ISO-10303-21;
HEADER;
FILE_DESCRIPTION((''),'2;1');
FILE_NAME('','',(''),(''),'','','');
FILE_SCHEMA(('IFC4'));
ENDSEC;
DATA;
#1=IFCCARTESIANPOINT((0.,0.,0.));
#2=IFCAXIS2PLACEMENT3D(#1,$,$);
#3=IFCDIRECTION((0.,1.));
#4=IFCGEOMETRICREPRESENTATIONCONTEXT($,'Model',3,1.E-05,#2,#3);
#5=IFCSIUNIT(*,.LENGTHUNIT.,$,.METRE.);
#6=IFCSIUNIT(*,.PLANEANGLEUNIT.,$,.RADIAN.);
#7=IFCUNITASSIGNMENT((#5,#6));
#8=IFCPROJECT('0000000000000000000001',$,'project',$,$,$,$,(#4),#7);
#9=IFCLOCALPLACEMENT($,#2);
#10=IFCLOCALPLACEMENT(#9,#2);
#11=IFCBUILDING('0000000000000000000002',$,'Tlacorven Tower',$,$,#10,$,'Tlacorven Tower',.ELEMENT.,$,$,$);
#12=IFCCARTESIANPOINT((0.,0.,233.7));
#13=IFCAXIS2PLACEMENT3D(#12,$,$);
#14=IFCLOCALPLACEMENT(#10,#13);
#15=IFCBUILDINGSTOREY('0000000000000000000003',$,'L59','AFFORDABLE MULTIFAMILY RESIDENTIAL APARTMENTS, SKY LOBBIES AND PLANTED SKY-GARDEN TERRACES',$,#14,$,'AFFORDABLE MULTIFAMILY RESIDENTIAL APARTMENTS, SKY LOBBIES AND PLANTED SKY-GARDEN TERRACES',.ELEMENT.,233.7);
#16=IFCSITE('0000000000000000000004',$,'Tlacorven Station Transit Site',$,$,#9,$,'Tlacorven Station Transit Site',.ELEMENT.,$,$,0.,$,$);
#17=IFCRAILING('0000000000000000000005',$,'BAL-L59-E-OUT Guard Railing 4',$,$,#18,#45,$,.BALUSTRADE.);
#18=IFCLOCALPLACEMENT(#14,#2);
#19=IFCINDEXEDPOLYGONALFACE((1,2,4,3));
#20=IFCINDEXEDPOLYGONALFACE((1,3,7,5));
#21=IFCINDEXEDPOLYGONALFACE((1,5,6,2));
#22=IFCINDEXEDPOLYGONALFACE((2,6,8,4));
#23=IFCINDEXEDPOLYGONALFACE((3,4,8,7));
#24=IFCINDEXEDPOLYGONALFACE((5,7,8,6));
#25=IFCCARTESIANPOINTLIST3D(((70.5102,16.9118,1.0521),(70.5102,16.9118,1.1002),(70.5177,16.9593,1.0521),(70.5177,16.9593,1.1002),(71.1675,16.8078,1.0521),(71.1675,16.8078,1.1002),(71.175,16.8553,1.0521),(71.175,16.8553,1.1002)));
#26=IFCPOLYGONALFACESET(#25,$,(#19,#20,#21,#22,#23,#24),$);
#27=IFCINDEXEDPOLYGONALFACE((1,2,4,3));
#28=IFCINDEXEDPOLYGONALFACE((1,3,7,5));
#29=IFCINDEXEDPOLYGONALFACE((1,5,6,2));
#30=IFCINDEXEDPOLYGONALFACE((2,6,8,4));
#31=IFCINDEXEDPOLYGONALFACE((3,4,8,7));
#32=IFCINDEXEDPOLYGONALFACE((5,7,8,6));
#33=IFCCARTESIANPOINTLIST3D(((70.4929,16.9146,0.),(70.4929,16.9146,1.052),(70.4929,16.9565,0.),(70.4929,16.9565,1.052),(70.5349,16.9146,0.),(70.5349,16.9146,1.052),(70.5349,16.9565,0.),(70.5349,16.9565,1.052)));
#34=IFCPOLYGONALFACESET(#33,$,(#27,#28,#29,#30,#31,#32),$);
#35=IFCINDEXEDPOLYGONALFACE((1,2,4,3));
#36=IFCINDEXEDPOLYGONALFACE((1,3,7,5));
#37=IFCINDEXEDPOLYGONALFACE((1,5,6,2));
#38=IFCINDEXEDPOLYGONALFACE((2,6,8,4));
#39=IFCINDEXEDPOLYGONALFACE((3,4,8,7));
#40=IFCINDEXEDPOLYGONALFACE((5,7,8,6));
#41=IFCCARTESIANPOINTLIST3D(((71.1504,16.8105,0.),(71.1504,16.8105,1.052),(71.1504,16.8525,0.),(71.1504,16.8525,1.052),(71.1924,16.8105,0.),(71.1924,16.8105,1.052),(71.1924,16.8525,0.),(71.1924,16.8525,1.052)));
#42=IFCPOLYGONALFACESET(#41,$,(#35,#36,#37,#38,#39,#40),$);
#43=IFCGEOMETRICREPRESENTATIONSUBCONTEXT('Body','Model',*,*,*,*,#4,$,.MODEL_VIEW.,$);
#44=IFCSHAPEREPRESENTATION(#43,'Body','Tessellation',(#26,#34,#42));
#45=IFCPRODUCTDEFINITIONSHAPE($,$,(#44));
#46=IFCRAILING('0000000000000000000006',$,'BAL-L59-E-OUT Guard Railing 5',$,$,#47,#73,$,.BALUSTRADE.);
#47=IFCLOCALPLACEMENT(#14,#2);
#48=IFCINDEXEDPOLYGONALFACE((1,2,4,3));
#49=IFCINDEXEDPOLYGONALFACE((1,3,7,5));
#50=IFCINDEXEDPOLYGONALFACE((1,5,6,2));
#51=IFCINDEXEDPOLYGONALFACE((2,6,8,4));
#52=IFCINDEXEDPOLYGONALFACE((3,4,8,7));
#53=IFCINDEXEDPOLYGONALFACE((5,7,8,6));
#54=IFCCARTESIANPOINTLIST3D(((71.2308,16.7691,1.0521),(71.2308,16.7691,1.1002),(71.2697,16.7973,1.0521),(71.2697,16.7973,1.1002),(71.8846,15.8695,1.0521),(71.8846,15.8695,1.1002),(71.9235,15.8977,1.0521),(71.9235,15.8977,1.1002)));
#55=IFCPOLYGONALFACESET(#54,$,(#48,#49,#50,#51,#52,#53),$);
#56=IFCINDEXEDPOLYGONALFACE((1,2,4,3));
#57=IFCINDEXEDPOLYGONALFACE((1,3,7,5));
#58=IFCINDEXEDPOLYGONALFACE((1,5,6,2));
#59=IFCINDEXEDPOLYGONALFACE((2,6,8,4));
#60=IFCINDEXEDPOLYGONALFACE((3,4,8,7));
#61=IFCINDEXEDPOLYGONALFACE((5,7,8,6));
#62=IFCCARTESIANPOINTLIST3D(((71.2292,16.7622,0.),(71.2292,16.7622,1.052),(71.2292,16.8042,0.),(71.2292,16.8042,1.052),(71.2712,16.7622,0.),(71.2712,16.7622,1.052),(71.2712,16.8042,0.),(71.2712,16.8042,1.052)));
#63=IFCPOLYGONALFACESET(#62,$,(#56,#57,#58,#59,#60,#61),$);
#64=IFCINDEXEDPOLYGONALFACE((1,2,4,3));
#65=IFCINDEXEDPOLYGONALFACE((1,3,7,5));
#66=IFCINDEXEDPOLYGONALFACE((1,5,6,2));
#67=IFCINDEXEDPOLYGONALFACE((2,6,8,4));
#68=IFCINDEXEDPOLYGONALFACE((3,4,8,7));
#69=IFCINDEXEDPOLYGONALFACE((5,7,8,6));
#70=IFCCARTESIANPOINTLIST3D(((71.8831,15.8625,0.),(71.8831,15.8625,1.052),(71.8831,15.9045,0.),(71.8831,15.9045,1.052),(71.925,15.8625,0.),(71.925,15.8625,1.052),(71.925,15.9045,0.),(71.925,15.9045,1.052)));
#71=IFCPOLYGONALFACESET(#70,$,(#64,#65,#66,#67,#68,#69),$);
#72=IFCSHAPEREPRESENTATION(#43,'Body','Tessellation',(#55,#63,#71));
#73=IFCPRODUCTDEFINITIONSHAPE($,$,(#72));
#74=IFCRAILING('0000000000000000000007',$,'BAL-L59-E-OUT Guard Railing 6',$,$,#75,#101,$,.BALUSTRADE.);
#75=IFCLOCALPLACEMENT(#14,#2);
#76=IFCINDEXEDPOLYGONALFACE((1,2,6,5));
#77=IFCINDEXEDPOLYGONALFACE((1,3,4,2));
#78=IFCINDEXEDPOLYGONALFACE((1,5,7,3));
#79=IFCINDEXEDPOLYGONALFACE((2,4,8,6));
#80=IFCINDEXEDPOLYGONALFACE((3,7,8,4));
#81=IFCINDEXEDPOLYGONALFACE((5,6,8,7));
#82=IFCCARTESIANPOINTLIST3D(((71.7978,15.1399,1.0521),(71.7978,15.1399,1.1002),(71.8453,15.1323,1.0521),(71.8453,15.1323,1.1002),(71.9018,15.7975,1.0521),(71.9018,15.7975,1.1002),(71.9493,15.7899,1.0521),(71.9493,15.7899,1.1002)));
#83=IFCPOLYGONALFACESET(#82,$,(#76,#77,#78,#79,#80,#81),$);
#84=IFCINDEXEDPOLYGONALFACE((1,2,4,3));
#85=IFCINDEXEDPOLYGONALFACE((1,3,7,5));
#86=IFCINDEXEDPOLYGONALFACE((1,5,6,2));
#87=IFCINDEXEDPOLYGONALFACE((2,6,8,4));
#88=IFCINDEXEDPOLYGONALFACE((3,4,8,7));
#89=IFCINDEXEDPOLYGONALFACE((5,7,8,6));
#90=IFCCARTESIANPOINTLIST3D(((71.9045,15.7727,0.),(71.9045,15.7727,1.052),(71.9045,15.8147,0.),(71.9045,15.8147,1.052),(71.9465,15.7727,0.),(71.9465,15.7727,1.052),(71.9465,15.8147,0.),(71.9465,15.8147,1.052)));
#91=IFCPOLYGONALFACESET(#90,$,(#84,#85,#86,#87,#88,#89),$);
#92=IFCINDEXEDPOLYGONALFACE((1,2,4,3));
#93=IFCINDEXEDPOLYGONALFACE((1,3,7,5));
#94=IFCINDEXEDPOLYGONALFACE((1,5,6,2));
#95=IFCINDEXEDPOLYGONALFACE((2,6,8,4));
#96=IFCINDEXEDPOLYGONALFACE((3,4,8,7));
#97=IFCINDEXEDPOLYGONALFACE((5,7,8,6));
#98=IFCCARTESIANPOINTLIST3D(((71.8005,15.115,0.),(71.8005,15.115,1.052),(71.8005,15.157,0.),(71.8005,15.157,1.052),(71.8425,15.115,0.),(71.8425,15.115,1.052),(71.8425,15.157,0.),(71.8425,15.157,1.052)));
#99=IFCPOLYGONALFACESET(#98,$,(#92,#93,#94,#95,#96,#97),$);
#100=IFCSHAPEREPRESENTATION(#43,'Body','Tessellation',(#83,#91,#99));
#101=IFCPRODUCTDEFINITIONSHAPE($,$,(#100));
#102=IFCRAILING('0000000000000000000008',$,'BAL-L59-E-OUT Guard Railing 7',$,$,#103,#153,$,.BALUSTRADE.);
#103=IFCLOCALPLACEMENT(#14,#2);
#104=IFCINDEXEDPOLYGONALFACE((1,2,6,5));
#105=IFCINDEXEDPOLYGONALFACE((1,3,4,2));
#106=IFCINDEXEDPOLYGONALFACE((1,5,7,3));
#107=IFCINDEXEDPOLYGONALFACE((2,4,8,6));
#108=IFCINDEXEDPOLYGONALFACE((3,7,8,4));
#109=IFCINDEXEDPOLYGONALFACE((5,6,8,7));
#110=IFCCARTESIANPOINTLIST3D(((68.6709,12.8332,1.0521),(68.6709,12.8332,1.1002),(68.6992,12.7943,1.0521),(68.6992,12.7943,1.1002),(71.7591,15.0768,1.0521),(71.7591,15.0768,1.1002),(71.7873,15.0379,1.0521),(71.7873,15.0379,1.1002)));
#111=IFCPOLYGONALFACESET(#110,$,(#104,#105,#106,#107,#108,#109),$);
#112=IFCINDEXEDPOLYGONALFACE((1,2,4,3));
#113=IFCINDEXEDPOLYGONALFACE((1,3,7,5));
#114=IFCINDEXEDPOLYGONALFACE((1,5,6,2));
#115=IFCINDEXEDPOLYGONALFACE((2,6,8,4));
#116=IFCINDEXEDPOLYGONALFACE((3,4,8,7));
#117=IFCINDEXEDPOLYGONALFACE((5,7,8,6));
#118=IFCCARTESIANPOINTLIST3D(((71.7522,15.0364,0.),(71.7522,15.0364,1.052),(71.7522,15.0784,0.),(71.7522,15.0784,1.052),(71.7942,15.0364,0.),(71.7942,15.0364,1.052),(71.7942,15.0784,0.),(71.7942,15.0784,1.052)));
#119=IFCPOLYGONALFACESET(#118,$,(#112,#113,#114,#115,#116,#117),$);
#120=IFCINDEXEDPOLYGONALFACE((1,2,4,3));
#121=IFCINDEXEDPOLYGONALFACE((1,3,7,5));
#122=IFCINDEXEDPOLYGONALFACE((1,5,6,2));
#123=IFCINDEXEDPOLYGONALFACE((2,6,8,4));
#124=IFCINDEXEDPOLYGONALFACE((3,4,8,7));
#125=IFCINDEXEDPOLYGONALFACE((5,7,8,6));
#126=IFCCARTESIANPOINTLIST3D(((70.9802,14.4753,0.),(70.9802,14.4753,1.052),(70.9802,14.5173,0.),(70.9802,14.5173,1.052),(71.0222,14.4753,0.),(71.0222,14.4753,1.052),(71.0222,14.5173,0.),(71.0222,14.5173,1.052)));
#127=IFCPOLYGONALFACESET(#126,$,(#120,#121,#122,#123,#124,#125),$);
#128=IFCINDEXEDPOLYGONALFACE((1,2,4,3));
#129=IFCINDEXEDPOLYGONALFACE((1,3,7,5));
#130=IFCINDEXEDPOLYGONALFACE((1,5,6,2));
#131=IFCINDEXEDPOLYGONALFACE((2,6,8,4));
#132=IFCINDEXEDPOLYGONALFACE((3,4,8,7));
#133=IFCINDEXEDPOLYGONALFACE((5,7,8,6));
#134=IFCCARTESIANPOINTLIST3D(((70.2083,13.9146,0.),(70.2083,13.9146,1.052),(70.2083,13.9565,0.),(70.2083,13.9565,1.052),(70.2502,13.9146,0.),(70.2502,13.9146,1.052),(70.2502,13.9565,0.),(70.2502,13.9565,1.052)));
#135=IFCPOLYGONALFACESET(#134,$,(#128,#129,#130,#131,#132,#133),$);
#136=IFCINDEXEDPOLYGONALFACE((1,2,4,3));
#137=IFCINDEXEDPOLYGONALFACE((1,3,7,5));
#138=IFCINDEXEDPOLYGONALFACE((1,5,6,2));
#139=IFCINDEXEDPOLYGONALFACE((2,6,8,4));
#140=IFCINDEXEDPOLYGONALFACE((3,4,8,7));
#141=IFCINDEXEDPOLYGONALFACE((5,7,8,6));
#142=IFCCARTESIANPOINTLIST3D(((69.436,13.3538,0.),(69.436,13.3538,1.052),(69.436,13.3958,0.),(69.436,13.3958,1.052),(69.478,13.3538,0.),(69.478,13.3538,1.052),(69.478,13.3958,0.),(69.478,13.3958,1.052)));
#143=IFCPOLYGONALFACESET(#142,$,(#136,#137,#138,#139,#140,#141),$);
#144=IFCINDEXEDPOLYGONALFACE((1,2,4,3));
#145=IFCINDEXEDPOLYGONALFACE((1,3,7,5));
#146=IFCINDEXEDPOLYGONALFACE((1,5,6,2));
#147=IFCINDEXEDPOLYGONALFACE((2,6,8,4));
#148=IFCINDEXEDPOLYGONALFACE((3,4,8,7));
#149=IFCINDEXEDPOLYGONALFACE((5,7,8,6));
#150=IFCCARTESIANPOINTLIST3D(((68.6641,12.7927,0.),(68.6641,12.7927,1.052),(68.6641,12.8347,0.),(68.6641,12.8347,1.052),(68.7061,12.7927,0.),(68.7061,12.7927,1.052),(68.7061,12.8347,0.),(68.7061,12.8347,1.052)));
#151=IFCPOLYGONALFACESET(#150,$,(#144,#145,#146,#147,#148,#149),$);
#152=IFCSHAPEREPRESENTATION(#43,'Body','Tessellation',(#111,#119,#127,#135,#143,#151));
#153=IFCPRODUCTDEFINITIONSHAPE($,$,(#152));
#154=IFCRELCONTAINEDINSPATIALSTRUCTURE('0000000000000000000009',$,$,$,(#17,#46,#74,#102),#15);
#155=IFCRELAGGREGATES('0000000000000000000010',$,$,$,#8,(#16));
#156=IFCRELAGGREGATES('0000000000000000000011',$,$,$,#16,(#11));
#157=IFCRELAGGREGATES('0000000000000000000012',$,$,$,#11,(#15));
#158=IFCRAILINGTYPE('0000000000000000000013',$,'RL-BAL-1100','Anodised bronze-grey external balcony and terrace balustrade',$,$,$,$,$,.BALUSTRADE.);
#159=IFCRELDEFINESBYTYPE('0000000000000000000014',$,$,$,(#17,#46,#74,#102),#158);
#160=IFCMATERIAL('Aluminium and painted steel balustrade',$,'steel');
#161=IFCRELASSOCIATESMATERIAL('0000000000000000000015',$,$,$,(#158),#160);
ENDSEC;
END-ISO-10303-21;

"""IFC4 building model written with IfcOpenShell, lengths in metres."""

from ifc_helpers import new_model, si_unit, direction, frame, origin, origin_2d, place, context, subcontext, project, spatial, rectangle, extrude, source, transform, mapped, material, type_object, element, save


model = new_model("IFC4")

# Units and contexts
model_context = context("Model", 3, precision=1e-05, world=origin(), true_north=direction((0.0, 1.0)))
body_context = subcontext(model_context, "Body", "Model", "MODEL_VIEW")
ifc_project = project(units=[si_unit("LENGTHUNIT", "METRE"), si_unit("PLANEANGLEUNIT", "RADIAN")], contexts=[model_context])

# Site, building, storey
site_placement = place(None, origin())
site = spatial("IfcSite", under=ifc_project, at=site_placement, Name="Tlacorven Station Transit Site", LongName="Tlacorven Station Transit Site", CompositionType="ELEMENT", RefElevation=0.0)
building_placement = place(site_placement, origin())
building = spatial("IfcBuilding", under=site, at=building_placement, Name="Tlacorven Tower", LongName="Tlacorven Tower", CompositionType="ELEMENT")
storey_placement = place(building_placement, frame((0.0, 0.0, 233.7)))
storey = spatial("IfcBuildingStorey", under=building, at=storey_placement, Name="L59", Description="AFFORDABLE MULTIFAMILY RESIDENTIAL APARTMENTS, SKY LOBBIES AND PLANTED SKY-GARDEN TERRACES", LongName="AFFORDABLE MULTIFAMILY RESIDENTIAL APARTMENTS, SKY LOBBIES AND PLANTED SKY-GARDEN TERRACES", CompositionType="ELEMENT", Elevation=233.7)

# Railings
ifc_material_1 = material(Name="Aluminium and painted steel balustrade", Category="steel")
railing_type = type_object("IfcRailingType", Name="RL-BAL-1100", Description="Anodised bronze-grey external balcony and terrace balustrade", PredefinedType="BALUSTRADE", material=ifc_material_1)
shared_shape_1 = source(origin(), body_context, "Body", "SweptSolid", [
    extrude(rectangle(XDim=0.0481, YDim=0.0481, at=origin_2d()), frame((0.0, 0.0, 1.0762), z_axis=(0.987718, -0.156245, 0.0), x_axis=(0.156245, 0.987718, 0.0)), (0.0, 0.0, 1.0), 0.6655),
    extrude(rectangle(XDim=0.042, YDim=0.042, at=origin_2d()), origin(), (0.0, 0.0, 1.0), 1.052),
    extrude(rectangle(XDim=0.042, YDim=0.042, at=origin_2d()), frame((0.6575, -0.104, 0.0)), (0.0, 0.0, 1.0), 1.052),
])
railing_1_placement = place(storey_placement, frame((70.5139, 16.9355, 0.0)))
element("IfcRailing", 1, at=railing_1_placement, inside=storey, type_object=railing_type, Name="BAL-L59-E-OUT Guard Railing 4", PredefinedType="BALUSTRADE", context=body_context, shape_type="MappedRepresentation", body=[
    mapped(shared_shape_1, transform((0.0, 0.0, 0.0), scale=1.0)),
])
shared_shape_2 = source(origin(), body_context, "Body", "SweptSolid", [
    extrude(rectangle(XDim=0.0481, YDim=0.0481, at=origin_2d()), frame((0.0, 0.0, 1.0762), z_axis=(0.587884, -0.808945, 0.0), x_axis=(0.808945, 0.587884, 0.0)), (0.0, 0.0, 1.0), 1.1121),
    extrude(rectangle(XDim=0.042, YDim=0.042, at=origin_2d()), origin(), (0.0, 0.0, 1.0), 1.052),
    extrude(rectangle(XDim=0.042, YDim=0.042, at=origin_2d()), frame((0.6538, -0.8997, 0.0)), (0.0, 0.0, 1.0), 1.052),
])
railing_2_placement = place(storey_placement, frame((71.2502, 16.7832, 0.0)))
element("IfcRailing", 2, at=railing_2_placement, inside=storey, type_object=railing_type, Name="BAL-L59-E-OUT Guard Railing 5", PredefinedType="BALUSTRADE", context=body_context, shape_type="MappedRepresentation", body=[
    mapped(shared_shape_2, transform((0.0, 0.0, 0.0), scale=1.0)),
])
shared_shape_3 = source(origin(), body_context, "Body", "SweptSolid", [
    extrude(rectangle(XDim=0.0481, YDim=0.0481, at=origin_2d()), frame((0.0, 0.0, 1.0762), z_axis=(-0.156188, -0.987727, 0.0), x_axis=(0.987727, -0.156188, 0.0)), (0.0, 0.0, 1.0), 0.6658),
    extrude(rectangle(XDim=0.042, YDim=0.042, at=origin_2d()), origin(), (0.0, 0.0, 1.0), 1.052),
    extrude(rectangle(XDim=0.042, YDim=0.042, at=origin_2d()), frame((-0.104, -0.6577, 0.0)), (0.0, 0.0, 1.0), 1.052),
])
railing_3_placement = place(storey_placement, frame((71.9255, 15.7937, 0.0)))
element("IfcRailing", 3, at=railing_3_placement, inside=storey, type_object=railing_type, Name="BAL-L59-E-OUT Guard Railing 6", PredefinedType="BALUSTRADE", context=body_context, shape_type="MappedRepresentation", body=[
    mapped(shared_shape_3, transform((0.0, 0.0, 0.0), scale=1.0)),
])
shared_shape_4 = source(origin(), body_context, "Body", "SweptSolid", [
    extrude(rectangle(XDim=0.0481, YDim=0.0481, at=origin_2d()), frame((0.0, 0.0, 1.0762), z_axis=(-0.809018, -0.587784, 0.0), x_axis=(0.587784, -0.809018, 0.0)), (0.0, 0.0, 1.0), 3.8171),
    extrude(rectangle(XDim=0.042, YDim=0.042, at=origin_2d()), origin(), (0.0, 0.0, 1.0), 1.052),
    extrude(rectangle(XDim=0.042, YDim=0.042, at=origin_2d()), frame((-0.772, -0.561, 0.0)), (0.0, 0.0, 1.0), 1.052),
    extrude(rectangle(XDim=0.042, YDim=0.042, at=origin_2d()), frame((-1.5439, -1.1218, 0.0)), (0.0, 0.0, 1.0), 1.052),
    extrude(rectangle(XDim=0.042, YDim=0.042, at=origin_2d()), frame((-2.3162, -1.6826, 0.0)), (0.0, 0.0, 1.0), 1.052),
    extrude(rectangle(XDim=0.042, YDim=0.042, at=origin_2d()), frame((-3.0881, -2.2437, 0.0)), (0.0, 0.0, 1.0), 1.052),
])
railing_4_placement = place(storey_placement, frame((71.7732, 15.0574, 0.0)))
element("IfcRailing", 4, at=railing_4_placement, inside=storey, type_object=railing_type, Name="BAL-L59-E-OUT Guard Railing 7", PredefinedType="BALUSTRADE", context=body_context, shape_type="MappedRepresentation", body=[
    mapped(shared_shape_4, transform((0.0, 0.0, 0.0), scale=1.0)),
])

save(model, "model.ifc")
